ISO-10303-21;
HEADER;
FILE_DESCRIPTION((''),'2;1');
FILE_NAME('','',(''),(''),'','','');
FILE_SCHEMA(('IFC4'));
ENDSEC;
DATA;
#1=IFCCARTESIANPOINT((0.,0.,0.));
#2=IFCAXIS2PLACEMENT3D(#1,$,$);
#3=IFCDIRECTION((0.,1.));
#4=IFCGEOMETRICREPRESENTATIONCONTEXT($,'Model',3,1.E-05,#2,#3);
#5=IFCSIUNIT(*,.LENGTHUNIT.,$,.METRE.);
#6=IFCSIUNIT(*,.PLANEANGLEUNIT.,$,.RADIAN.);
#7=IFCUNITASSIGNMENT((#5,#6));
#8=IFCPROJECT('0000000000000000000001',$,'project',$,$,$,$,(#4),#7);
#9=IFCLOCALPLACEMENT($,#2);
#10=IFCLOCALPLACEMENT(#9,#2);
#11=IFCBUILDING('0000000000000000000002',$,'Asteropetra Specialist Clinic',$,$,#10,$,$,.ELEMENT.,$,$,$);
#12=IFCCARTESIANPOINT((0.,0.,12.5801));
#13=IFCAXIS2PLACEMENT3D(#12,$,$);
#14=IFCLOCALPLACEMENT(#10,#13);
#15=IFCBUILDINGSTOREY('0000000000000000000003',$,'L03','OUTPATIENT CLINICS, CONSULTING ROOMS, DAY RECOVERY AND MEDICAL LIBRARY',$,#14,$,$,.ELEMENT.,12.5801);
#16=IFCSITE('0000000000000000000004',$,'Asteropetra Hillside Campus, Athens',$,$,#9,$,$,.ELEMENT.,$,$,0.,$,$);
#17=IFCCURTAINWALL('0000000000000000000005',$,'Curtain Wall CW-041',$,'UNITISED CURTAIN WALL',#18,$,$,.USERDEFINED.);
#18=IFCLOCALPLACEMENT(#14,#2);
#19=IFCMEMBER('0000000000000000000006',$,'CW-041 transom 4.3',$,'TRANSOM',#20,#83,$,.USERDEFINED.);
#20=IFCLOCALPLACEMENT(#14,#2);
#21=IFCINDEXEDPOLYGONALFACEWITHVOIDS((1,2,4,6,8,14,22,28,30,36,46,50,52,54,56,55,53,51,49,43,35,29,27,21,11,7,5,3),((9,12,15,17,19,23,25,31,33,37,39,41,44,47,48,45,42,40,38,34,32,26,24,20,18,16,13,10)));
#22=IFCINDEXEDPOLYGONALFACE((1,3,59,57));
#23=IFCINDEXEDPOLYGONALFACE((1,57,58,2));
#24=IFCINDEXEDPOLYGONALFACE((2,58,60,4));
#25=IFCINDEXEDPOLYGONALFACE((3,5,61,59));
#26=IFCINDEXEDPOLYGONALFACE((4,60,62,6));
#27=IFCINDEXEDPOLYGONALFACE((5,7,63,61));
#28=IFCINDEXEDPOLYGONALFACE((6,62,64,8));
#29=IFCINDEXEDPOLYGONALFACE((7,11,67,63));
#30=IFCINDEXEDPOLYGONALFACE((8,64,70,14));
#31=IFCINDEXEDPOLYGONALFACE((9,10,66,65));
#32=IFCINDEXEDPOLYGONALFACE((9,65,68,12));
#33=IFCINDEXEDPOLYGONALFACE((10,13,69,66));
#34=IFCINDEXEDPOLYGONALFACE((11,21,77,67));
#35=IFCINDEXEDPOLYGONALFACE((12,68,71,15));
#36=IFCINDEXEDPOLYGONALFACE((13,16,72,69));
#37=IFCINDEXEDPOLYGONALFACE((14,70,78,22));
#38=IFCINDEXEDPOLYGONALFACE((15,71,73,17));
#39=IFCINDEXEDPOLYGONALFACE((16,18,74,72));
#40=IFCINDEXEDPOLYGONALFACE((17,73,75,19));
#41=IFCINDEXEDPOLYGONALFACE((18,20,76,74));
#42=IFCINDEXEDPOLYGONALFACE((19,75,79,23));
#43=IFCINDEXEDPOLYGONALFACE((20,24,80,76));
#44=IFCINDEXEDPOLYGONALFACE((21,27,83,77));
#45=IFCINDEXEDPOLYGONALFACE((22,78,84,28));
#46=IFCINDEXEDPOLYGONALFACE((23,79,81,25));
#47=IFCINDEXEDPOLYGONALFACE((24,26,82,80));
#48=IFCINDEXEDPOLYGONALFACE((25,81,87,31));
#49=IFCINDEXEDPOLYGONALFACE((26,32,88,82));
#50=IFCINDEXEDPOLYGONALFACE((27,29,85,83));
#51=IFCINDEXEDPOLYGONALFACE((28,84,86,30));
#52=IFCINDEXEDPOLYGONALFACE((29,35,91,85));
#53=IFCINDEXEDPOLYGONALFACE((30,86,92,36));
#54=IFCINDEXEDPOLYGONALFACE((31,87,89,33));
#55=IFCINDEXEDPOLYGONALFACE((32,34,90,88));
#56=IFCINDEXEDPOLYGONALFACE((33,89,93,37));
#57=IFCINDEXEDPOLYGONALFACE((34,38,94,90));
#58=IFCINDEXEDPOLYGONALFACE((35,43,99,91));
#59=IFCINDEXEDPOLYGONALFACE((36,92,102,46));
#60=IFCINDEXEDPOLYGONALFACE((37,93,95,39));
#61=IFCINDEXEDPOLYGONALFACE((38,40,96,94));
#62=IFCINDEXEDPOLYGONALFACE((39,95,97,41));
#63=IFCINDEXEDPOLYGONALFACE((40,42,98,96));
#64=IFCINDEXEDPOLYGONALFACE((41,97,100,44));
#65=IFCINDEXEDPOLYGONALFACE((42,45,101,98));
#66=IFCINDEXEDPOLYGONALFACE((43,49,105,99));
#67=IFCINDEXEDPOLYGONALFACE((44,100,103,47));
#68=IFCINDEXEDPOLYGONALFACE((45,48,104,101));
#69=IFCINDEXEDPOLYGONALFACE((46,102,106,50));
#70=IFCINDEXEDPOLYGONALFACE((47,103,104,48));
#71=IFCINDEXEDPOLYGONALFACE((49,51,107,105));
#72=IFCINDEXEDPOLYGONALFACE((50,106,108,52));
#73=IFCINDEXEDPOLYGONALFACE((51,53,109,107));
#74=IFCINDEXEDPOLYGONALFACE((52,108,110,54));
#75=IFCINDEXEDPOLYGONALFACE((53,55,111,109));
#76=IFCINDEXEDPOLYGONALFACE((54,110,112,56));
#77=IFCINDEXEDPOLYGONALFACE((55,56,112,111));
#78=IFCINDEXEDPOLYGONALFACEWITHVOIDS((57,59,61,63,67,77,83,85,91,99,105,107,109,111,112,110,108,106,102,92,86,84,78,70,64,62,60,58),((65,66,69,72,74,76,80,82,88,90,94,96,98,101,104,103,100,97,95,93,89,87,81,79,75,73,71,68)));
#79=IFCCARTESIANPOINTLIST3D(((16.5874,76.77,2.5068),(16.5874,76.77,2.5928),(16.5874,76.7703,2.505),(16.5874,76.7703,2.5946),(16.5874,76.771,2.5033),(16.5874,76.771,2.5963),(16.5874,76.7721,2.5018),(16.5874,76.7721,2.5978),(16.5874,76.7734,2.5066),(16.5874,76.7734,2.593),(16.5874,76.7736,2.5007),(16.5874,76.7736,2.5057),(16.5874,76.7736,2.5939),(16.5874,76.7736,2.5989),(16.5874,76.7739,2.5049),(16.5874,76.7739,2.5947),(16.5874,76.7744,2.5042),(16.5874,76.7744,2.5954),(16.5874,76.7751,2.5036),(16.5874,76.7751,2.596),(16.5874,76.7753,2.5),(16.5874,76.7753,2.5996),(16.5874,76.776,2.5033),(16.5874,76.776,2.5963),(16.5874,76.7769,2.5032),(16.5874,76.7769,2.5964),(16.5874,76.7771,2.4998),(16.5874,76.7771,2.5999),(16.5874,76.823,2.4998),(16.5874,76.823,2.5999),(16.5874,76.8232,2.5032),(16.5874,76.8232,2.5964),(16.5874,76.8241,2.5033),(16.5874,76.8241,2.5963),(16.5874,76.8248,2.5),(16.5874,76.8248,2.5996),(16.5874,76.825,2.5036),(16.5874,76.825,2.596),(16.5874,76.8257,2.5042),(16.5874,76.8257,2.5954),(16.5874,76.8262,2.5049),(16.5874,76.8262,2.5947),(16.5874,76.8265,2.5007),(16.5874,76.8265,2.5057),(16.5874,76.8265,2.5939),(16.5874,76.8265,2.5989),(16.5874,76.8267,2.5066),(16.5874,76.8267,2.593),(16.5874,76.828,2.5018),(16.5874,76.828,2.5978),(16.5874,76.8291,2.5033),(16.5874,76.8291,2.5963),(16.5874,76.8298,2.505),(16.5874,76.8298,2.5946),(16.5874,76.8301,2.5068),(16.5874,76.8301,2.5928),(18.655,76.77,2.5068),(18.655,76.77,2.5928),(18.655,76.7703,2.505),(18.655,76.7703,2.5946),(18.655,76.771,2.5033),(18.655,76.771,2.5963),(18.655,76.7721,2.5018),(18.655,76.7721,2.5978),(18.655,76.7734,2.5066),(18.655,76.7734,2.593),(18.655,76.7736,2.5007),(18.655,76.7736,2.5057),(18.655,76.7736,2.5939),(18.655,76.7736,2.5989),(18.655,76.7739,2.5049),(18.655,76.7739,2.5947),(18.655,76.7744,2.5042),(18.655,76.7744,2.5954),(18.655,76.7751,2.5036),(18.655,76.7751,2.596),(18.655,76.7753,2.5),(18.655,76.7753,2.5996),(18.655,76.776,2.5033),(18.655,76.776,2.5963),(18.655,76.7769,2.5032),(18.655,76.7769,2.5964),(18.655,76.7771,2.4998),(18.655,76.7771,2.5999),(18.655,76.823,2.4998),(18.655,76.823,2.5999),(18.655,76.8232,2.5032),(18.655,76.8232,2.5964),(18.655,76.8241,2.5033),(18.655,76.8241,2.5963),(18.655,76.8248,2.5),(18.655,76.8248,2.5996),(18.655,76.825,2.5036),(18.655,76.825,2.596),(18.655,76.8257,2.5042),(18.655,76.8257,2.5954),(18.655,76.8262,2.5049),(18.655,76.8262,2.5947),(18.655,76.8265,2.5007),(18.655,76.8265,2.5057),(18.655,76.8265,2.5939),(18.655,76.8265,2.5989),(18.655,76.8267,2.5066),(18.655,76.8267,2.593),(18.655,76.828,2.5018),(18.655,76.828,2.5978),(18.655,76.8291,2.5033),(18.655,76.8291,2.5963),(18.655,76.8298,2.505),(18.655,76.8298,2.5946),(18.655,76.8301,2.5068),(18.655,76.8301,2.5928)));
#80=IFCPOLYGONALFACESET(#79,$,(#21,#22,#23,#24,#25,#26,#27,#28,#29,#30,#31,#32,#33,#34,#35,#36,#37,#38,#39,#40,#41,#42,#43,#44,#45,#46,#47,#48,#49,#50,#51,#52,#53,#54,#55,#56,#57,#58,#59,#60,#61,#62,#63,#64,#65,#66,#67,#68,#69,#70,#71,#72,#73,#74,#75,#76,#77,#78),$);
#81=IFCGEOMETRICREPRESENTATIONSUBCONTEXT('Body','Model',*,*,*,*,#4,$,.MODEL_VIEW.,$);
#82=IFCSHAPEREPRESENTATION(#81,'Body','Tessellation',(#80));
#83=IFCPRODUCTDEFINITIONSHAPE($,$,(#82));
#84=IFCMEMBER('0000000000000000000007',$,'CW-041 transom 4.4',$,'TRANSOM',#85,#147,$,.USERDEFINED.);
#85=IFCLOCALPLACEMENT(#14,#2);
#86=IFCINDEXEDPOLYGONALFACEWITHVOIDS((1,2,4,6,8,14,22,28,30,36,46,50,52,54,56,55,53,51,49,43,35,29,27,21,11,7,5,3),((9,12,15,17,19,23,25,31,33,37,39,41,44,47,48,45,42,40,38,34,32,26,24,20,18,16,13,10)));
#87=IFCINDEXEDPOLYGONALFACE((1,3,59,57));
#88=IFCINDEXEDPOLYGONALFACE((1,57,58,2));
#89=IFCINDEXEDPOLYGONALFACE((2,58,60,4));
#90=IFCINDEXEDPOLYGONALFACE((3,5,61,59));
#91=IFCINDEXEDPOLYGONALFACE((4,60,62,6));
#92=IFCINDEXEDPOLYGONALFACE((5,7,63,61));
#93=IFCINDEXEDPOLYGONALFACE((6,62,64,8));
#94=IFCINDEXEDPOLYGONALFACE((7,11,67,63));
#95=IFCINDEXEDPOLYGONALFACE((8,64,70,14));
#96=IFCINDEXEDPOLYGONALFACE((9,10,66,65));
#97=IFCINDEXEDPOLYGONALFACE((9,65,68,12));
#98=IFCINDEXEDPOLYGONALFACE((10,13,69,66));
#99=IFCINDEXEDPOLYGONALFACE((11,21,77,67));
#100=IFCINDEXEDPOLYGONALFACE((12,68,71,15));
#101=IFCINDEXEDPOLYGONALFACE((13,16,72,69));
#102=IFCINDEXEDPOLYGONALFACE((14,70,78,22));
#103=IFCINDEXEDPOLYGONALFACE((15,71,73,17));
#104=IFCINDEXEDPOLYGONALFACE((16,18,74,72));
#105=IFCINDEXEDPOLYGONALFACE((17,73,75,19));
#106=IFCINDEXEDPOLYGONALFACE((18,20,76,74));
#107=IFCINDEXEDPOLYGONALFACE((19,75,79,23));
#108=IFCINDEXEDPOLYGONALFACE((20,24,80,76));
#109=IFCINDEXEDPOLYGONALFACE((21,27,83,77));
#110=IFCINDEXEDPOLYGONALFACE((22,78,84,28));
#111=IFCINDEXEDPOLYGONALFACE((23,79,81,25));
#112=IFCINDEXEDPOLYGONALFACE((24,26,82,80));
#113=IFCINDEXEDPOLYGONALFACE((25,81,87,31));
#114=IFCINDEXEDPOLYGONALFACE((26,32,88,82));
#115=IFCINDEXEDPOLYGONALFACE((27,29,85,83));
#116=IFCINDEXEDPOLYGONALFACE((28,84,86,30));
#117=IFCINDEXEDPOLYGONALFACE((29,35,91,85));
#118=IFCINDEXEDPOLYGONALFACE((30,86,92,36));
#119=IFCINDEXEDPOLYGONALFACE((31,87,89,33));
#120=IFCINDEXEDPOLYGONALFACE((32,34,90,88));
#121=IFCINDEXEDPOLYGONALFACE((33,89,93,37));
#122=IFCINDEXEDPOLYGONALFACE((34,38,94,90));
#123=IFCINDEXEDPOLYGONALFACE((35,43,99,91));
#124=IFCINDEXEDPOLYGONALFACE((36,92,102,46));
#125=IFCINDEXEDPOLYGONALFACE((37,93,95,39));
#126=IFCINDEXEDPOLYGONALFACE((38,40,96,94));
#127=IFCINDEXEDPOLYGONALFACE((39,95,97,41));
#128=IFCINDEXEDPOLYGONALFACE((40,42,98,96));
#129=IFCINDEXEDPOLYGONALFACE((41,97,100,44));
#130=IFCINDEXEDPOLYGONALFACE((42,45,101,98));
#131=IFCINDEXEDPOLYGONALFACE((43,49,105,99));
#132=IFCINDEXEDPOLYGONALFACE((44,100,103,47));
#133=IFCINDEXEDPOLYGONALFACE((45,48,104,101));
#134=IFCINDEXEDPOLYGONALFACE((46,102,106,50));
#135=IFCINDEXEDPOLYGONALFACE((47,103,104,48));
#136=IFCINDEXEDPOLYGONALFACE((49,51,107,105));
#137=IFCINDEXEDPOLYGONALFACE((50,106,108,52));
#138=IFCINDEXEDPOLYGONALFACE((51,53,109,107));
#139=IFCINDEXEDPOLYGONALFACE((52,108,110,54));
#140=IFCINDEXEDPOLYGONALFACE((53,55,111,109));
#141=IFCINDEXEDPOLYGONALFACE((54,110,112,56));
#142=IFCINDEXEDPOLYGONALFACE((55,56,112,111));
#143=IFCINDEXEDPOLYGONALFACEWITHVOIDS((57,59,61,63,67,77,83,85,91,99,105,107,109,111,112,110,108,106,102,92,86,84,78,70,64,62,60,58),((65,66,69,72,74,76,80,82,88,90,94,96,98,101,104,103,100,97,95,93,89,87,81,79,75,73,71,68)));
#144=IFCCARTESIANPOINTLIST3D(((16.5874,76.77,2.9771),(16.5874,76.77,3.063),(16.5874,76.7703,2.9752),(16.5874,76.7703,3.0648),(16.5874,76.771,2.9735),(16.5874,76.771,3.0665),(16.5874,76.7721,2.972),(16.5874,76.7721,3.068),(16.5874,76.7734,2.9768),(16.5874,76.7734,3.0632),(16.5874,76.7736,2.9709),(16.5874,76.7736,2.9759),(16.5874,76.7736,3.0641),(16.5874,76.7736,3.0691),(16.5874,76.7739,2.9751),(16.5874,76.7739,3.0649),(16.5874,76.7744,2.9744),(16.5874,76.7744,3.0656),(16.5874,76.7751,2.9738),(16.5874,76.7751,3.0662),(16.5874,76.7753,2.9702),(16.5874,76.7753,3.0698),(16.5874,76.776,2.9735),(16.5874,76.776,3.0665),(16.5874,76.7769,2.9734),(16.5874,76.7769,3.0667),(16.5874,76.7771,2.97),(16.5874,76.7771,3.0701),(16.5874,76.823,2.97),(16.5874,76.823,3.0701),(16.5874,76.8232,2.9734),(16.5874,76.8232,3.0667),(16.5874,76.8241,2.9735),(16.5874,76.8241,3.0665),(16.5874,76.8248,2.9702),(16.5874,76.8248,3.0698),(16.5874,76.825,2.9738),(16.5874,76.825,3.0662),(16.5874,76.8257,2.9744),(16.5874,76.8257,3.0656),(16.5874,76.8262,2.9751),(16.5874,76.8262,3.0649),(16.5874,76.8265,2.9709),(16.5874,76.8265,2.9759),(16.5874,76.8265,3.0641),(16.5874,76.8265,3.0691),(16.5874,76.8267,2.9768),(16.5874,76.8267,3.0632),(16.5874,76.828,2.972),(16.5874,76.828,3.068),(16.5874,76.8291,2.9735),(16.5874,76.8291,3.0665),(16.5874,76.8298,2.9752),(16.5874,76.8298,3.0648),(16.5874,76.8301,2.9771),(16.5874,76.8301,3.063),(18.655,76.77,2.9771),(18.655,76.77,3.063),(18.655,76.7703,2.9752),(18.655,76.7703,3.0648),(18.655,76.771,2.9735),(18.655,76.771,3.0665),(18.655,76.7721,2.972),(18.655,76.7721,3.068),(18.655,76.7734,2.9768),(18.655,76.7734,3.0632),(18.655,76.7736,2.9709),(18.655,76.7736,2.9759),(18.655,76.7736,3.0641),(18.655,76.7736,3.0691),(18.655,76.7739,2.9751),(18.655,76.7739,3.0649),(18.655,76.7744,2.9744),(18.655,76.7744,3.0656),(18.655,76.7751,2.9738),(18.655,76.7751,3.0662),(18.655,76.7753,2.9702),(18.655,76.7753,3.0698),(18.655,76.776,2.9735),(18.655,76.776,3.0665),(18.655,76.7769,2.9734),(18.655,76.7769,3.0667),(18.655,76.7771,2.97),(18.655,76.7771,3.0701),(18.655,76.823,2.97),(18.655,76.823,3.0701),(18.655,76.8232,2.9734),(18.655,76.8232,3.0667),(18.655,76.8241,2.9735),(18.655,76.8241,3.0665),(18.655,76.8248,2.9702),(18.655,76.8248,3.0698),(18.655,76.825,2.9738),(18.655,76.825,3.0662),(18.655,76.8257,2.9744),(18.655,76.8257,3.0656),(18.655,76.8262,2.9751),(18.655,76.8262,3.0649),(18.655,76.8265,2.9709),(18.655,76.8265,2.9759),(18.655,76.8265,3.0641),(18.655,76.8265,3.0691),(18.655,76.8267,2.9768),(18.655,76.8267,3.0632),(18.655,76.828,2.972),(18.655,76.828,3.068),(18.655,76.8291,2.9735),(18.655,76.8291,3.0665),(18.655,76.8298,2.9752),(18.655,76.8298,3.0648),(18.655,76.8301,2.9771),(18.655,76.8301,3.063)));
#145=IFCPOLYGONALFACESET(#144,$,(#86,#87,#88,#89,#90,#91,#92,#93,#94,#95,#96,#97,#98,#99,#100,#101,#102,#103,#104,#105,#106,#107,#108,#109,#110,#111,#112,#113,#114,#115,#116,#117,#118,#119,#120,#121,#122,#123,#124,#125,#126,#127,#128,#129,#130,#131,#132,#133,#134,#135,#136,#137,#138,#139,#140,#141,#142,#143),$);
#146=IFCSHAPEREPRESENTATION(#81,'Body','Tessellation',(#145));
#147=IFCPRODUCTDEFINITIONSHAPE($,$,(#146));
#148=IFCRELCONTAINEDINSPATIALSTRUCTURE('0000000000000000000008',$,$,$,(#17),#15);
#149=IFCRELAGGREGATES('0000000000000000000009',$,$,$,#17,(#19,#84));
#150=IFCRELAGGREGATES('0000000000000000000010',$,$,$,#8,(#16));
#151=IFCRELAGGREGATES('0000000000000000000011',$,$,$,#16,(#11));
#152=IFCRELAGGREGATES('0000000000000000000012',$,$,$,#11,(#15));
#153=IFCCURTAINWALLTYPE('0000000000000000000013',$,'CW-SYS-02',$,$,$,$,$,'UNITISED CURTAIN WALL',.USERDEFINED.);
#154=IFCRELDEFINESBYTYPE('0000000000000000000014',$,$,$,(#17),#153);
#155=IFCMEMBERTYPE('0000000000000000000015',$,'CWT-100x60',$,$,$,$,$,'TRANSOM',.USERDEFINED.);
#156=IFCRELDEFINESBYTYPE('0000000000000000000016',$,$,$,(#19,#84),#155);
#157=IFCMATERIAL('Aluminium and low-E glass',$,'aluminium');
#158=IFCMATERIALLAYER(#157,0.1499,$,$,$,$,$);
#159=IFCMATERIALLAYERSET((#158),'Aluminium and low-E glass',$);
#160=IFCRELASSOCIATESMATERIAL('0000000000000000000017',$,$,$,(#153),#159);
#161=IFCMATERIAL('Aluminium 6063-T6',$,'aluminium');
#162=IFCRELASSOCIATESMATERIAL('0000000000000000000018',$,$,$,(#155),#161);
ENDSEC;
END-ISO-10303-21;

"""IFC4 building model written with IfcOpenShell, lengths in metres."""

from ifc_helpers import new_model, si_unit, direction, frame, origin, origin_2d, place, context, subcontext, project, spatial, hollow_rectangle, extrude, material, layer, layer_set, material_profile, profile_set, type_object, element, aggregate, save


model = new_model("IFC4")

# Units and contexts
model_context = context("Model", 3, precision=1e-05, world=origin(), true_north=direction((0.0, 1.0)))
body_context = subcontext(model_context, "Body", "Model", "MODEL_VIEW")
ifc_project = project(units=[si_unit("LENGTHUNIT", "METRE"), si_unit("PLANEANGLEUNIT", "RADIAN")], contexts=[model_context])

# Site, building, storey
site_placement = place(None, origin())
site = spatial("IfcSite", under=ifc_project, at=site_placement, Name="Asteropetra Hillside Campus, Athens", CompositionType="ELEMENT", RefElevation=0.0)
building_placement = place(site_placement, origin())
building = spatial("IfcBuilding", under=site, at=building_placement, Name="Asteropetra Specialist Clinic", CompositionType="ELEMENT")
storey_placement = place(building_placement, frame((0.0, 0.0, 12.5801)))
storey = spatial("IfcBuildingStorey", under=building, at=storey_placement, Name="L03", Description="OUTPATIENT CLINICS, CONSULTING ROOMS, DAY RECOVERY AND MEDICAL LIBRARY", CompositionType="ELEMENT", Elevation=12.5801)

# Curtain wall
ifc_material_1 = material(Name="Aluminium and low-E glass", Category="aluminium")
ifc_layer_1 = layer(ifc_material_1, 0.1499)
ifc_layer_set_1 = layer_set([ifc_layer_1], Name="Aluminium and low-E glass")
curtain_wall_type_1 = type_object("IfcCurtainWallType", Name="CW-SYS-02", ElementType="UNITISED CURTAIN WALL", PredefinedType="USERDEFINED", material=ifc_layer_set_1)
curtain_wall_1_placement = place(storey_placement, origin())
curtain_wall_1 = element("IfcCurtainWall", 1, at=curtain_wall_1_placement, inside=storey, type_object=curtain_wall_type_1, Name="Curtain Wall CW-041", ObjectType="UNITISED CURTAIN WALL", PredefinedType="USERDEFINED")

# Members
ifc_material_2 = material(Name="Aluminium 6063-T6", Category="aluminium")
ifc_material_profile_1 = material_profile(ifc_material_2, hollow_rectangle(XDim=0.0601, YDim=0.1001, WallThickness=0.0034, InnerFilletRadius=0.0034, OuterFilletRadius=0.0071, at=origin_2d()), Name="TRN 100x60x3.5")
ifc_profile_set_1 = profile_set([ifc_material_profile_1], Name="Aluminium 6063-T6")
member_type_1 = type_object("IfcMemberType", Name="CWT-100x60", ElementType="TRANSOM", PredefinedType="USERDEFINED", material=ifc_profile_set_1)
member_1_placement = place(storey_placement, frame((16.5874, 76.8, 2.5498), z_axis=(1.0, 0.0, 0.0), x_axis=(0.0, 1.0, 0.0)))
member_1 = element("IfcMember", 2, at=member_1_placement, type_object=member_type_1, Name="CW-041 transom 4.3", ObjectType="TRANSOM", PredefinedType="USERDEFINED", context=body_context, shape_type="SweptSolid", body=[
    extrude(hollow_rectangle(XDim=0.0601, YDim=0.1001, WallThickness=0.0034, InnerFilletRadius=0.0034, OuterFilletRadius=0.0071, at=origin_2d()), origin(), (0.0, 0.0, 1.0), 2.0676),
])
member_2_placement = place(storey_placement, frame((16.5874, 76.8, 3.02), z_axis=(1.0, 0.0, 0.0), x_axis=(0.0, 1.0, 0.0)))
member_2 = element("IfcMember", 3, at=member_2_placement, type_object=member_type_1, Name="CW-041 transom 4.4", ObjectType="TRANSOM", PredefinedType="USERDEFINED", context=body_context, shape_type="SweptSolid", body=[
    extrude(hollow_rectangle(XDim=0.0601, YDim=0.1001, WallThickness=0.0034, InnerFilletRadius=0.0034, OuterFilletRadius=0.0071, at=origin_2d()), origin(), (0.0, 0.0, 1.0), 2.0676),
])

aggregate(curtain_wall_1, [member_1, member_2])

save(model, "model.ifc")
